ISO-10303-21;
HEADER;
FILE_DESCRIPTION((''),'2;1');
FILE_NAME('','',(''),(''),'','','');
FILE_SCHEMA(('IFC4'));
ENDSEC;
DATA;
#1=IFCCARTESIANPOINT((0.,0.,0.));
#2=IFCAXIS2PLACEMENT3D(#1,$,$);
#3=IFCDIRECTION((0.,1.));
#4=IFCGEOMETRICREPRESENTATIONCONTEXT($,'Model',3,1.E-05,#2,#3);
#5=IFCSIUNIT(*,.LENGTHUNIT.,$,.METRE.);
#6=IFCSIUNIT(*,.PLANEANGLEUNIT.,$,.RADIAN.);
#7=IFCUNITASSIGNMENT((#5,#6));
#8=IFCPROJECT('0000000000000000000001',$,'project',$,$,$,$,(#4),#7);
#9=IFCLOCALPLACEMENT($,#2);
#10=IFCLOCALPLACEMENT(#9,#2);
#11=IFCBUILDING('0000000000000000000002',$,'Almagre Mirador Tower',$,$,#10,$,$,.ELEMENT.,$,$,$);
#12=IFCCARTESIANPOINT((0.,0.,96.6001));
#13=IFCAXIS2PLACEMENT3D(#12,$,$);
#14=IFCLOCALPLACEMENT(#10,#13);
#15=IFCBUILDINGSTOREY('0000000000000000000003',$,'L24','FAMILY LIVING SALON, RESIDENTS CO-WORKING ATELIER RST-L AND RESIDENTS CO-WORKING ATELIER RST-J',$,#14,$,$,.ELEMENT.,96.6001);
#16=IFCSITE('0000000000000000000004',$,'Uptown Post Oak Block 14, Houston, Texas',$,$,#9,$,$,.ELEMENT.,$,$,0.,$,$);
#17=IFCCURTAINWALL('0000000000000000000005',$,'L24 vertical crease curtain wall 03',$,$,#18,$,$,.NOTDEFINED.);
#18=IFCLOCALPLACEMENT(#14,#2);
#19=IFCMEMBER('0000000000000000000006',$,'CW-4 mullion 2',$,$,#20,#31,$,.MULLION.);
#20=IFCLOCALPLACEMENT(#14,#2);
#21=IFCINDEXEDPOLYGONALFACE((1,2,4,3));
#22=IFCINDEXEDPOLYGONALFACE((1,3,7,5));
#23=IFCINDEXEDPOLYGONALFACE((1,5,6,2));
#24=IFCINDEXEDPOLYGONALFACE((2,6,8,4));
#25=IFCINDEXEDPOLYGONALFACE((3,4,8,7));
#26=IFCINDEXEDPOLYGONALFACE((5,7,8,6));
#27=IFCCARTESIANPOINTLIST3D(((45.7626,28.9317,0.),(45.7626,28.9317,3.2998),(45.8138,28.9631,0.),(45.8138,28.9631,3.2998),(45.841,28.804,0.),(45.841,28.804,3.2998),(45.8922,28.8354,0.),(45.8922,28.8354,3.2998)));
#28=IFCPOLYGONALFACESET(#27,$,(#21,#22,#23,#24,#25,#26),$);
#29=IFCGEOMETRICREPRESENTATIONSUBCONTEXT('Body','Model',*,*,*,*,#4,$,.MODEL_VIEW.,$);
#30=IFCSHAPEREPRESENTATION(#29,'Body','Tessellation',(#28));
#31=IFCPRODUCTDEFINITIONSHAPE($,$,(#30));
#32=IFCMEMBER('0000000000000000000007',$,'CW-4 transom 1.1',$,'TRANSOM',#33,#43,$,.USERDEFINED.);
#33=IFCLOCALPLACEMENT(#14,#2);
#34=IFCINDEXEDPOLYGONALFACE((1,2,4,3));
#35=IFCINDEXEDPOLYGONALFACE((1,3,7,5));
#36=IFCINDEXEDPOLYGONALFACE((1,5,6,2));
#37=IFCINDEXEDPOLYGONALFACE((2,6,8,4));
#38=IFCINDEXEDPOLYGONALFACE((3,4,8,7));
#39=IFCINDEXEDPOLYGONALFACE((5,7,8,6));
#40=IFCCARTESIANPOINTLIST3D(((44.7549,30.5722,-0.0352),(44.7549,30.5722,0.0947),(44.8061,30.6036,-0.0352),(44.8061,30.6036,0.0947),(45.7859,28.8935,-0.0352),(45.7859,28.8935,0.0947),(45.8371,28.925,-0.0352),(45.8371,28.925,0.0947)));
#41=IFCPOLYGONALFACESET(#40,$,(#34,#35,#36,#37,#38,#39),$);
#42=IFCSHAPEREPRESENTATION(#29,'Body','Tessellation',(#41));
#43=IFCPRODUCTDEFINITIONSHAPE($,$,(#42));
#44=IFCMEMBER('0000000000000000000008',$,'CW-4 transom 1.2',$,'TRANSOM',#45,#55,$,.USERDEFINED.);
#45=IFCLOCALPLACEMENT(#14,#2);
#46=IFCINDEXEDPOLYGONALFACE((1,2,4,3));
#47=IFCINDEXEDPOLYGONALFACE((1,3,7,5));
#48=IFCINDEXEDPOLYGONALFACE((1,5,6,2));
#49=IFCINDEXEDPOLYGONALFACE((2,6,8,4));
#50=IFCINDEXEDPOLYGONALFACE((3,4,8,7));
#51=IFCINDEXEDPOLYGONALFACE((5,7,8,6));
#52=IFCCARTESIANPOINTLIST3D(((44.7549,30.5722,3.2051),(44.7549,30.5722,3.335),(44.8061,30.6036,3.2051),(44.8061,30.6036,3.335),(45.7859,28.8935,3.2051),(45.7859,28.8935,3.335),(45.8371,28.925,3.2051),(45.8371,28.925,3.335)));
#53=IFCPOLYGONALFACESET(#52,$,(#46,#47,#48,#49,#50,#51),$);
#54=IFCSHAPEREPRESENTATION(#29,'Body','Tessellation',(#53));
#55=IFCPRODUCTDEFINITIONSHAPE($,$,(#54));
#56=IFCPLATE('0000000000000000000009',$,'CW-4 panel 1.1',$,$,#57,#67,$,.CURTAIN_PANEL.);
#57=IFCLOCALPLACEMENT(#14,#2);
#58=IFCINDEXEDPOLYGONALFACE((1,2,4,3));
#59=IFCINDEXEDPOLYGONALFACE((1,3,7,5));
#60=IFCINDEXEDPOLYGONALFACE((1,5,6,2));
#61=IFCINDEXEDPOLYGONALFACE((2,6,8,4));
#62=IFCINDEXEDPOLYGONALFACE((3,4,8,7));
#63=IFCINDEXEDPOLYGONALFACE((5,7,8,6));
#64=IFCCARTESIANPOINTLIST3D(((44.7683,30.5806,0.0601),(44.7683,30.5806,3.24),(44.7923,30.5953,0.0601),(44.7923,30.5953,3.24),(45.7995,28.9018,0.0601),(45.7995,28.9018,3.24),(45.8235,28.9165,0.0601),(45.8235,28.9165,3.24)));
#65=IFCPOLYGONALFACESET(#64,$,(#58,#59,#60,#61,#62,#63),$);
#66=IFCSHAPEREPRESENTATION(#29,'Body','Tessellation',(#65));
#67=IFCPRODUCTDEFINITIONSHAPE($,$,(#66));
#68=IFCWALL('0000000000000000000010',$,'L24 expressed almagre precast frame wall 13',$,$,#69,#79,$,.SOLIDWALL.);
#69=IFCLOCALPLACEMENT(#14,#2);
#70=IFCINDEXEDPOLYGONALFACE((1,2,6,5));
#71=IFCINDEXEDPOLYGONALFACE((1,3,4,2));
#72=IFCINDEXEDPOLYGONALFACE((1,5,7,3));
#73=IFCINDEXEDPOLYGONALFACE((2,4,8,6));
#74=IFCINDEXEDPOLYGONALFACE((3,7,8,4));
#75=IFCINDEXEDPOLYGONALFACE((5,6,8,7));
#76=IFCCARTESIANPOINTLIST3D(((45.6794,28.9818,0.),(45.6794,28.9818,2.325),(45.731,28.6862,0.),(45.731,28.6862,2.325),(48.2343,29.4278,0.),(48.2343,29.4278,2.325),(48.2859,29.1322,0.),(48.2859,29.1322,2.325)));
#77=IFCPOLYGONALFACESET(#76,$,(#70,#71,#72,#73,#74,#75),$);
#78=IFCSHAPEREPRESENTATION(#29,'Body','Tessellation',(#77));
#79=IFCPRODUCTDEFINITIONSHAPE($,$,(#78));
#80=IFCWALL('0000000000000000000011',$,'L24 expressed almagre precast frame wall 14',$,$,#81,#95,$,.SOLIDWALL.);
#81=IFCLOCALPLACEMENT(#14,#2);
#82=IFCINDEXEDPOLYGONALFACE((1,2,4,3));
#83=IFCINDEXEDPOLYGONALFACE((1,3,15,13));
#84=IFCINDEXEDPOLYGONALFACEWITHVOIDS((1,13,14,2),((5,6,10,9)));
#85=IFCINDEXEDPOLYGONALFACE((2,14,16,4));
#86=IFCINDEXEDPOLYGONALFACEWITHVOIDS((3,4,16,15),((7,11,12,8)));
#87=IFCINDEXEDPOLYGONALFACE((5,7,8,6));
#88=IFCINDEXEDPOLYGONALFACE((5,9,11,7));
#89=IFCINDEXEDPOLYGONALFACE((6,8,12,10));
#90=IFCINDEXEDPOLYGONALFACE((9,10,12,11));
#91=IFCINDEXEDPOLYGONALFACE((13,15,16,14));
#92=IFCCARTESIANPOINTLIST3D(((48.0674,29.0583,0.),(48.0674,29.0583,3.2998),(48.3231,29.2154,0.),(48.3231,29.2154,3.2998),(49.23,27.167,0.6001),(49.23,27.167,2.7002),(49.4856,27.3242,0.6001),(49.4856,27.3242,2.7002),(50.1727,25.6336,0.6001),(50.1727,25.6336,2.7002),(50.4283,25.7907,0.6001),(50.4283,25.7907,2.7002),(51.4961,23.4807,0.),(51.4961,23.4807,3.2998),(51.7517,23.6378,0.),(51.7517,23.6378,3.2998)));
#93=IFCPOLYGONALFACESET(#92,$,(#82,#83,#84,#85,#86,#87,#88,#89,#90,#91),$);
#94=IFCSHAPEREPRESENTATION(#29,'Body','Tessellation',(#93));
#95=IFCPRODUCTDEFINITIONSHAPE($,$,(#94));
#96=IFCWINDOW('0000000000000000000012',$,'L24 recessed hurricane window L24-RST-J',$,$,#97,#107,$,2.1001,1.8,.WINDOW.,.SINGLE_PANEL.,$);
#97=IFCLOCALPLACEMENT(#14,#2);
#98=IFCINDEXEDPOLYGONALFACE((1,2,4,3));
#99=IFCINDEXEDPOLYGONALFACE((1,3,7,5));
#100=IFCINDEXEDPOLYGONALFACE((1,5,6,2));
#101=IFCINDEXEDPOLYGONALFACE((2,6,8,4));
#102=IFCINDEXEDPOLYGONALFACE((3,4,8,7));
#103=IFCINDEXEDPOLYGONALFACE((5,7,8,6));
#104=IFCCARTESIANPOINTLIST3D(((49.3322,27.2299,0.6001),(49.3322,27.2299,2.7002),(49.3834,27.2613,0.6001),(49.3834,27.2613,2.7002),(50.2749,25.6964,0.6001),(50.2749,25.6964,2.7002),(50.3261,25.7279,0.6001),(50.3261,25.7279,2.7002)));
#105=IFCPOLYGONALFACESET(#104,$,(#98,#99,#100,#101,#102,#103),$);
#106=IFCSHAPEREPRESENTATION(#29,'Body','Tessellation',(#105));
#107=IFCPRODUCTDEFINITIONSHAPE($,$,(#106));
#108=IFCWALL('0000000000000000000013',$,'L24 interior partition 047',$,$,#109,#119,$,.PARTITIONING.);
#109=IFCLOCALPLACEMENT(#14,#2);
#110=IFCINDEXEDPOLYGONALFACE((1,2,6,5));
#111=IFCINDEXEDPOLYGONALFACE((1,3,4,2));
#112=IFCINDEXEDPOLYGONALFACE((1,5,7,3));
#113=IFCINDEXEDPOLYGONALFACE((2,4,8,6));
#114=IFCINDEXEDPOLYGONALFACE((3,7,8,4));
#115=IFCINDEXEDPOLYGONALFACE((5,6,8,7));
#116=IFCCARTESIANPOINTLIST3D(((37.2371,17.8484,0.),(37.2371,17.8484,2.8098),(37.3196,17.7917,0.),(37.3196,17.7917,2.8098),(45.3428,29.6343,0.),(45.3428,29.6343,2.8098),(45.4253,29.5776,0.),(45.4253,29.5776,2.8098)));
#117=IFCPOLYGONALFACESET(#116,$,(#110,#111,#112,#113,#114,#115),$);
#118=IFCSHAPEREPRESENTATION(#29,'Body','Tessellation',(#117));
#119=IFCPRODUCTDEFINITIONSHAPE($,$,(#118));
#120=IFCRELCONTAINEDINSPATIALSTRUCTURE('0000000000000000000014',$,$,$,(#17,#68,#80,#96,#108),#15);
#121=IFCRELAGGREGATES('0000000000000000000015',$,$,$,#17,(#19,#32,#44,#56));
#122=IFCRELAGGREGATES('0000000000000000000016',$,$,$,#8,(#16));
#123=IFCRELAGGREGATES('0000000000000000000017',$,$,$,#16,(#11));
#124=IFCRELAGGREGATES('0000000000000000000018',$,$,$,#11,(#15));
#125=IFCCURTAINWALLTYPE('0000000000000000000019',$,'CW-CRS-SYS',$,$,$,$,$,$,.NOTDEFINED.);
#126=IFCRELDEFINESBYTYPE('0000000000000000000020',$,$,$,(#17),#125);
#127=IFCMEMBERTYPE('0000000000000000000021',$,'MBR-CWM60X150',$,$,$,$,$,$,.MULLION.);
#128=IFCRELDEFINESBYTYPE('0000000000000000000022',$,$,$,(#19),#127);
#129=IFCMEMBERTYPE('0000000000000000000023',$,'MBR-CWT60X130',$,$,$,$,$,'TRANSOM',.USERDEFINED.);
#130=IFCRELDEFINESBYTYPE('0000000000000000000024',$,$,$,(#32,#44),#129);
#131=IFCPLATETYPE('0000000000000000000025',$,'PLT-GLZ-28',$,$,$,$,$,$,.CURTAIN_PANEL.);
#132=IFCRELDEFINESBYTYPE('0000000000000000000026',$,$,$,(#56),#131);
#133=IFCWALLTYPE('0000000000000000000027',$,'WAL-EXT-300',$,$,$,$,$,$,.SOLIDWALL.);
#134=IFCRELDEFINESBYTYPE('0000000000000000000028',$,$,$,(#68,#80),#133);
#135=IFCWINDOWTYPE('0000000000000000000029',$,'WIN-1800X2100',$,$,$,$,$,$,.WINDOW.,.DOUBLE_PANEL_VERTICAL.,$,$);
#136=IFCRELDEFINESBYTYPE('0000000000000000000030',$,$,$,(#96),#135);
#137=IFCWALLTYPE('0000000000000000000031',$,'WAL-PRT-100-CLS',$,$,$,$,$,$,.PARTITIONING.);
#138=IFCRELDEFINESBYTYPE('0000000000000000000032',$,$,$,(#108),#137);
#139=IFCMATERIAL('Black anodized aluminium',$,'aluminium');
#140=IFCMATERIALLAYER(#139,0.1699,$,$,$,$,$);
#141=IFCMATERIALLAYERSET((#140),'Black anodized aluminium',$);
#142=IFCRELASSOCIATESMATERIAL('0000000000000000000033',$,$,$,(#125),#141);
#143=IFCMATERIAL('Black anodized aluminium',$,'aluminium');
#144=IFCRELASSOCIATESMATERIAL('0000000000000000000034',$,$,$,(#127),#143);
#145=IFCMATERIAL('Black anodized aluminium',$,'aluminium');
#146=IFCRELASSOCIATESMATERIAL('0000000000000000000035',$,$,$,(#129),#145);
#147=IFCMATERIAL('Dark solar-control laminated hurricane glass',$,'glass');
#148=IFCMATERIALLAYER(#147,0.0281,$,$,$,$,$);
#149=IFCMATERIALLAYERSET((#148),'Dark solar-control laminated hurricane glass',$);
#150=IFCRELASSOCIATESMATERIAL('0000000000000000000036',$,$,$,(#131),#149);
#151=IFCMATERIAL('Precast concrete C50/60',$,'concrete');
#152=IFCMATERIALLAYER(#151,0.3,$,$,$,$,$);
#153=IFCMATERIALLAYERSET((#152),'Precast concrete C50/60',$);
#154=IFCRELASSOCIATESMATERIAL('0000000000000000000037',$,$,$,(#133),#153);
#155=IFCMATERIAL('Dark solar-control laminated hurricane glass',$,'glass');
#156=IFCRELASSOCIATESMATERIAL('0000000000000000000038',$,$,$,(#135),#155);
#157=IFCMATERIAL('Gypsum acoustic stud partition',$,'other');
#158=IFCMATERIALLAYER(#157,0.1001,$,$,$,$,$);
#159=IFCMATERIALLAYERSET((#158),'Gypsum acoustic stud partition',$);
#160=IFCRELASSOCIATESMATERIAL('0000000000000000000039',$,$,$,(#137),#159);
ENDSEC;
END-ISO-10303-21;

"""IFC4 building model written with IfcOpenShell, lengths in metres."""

from ifc_helpers import new_model, si_unit, direction, frame, frame_2d, origin, origin_2d, place, context, subcontext, project, spatial, rectangle, extrude, material, layer, layer_set, material_profile, profile_set, type_object, element, fill, aggregate, save


model = new_model("IFC4")

# Units and contexts
model_context = context("Model", 3, precision=1e-05, world=origin(), true_north=direction((0.0, 1.0)))
body_context = subcontext(model_context, "Body", "Model", "MODEL_VIEW")
ifc_project = project(units=[si_unit("LENGTHUNIT", "METRE"), si_unit("PLANEANGLEUNIT", "RADIAN")], contexts=[model_context])

# Site, building, storey
site_placement = place(None, origin())
site = spatial("IfcSite", under=ifc_project, at=site_placement, Name="Uptown Post Oak Block 14, Houston, Texas", CompositionType="ELEMENT", RefElevation=0.0)
building_placement = place(site_placement, origin())
building = spatial("IfcBuilding", under=site, at=building_placement, Name="Almagre Mirador Tower", CompositionType="ELEMENT")
storey_placement = place(building_placement, frame((0.0, 0.0, 96.6001)))
storey = spatial("IfcBuildingStorey", under=building, at=storey_placement, Name="L24", Description="FAMILY LIVING SALON, RESIDENTS CO-WORKING ATELIER RST-L AND RESIDENTS CO-WORKING ATELIER RST-J", CompositionType="ELEMENT", Elevation=96.6001)

# Curtain wall, members, plate
ifc_material_1 = material(Name="Black anodized aluminium", Category="aluminium")
ifc_layer_1 = layer(ifc_material_1, 0.1699)
ifc_layer_set_1 = layer_set([ifc_layer_1], Name="Black anodized aluminium")
curtain_wall_type = type_object("IfcCurtainWallType", Name="CW-CRS-SYS", PredefinedType="NOTDEFINED", material=ifc_layer_set_1)
curtain_wall_placement = place(storey_placement, origin())
curtain_wall = element("IfcCurtainWall", 1, at=curtain_wall_placement, inside=storey, type_object=curtain_wall_type, Name="L24 vertical crease curtain wall 03", PredefinedType="NOTDEFINED")
ifc_material_2 = material(Name="Black anodized aluminium", Category="aluminium")
ifc_material_profile_1 = material_profile(ifc_material_2, rectangle(XDim=0.0601, YDim=0.1499, at=origin_2d()), Name="CWM60X150")
ifc_profile_set_1 = profile_set([ifc_material_profile_1], Name="Black anodized aluminium")
member_type_1 = type_object("IfcMemberType", Name="MBR-CWM60X150", PredefinedType="MULLION", material=ifc_profile_set_1)
member_1_placement = place(storey_placement, frame((45.8274, 28.8835, 0.0), z_axis=(0.0, 0.0, 1.0), x_axis=(0.852085, 0.523403, 0.0)))
member_1 = element("IfcMember", 2, at=member_1_placement, type_object=member_type_1, Name="CW-4 mullion 2", PredefinedType="MULLION", context=body_context, shape_type="SweptSolid", body=[
    extrude(rectangle(XDim=0.0601, YDim=0.1499, at=origin_2d()), origin(), (0.0, 0.0, 1.0), 3.2998),
])
ifc_material_3 = material(Name="Black anodized aluminium", Category="aluminium")
ifc_material_profile_2 = material_profile(ifc_material_3, rectangle(XDim=0.0601, YDim=0.1299, at=origin_2d()), Name="CWT60X130")
ifc_profile_set_2 = profile_set([ifc_material_profile_2], Name="Black anodized aluminium")
member_type_2 = type_object("IfcMemberType", Name="MBR-CWT60X130", ElementType="TRANSOM", PredefinedType="USERDEFINED", material=ifc_profile_set_2)
member_2_placement = place(storey_placement, frame((44.7805, 30.5879, 0.0298), z_axis=(0.523344, -0.852122, 0.0), x_axis=(0.852122, 0.523344, 0.0)))
member_2 = element("IfcMember", 3, at=member_2_placement, type_object=member_type_2, Name="CW-4 transom 1.1", ObjectType="TRANSOM", PredefinedType="USERDEFINED", context=body_context, shape_type="SweptSolid", body=[
    extrude(rectangle(XDim=0.0601, YDim=0.1299, at=origin_2d()), origin(), (0.0, 0.0, 1.0), 1.97),
])
member_3_placement = place(storey_placement, frame((44.7805, 30.5879, 3.27), z_axis=(0.523344, -0.852122, 0.0), x_axis=(0.852122, 0.523344, 0.0)))
member_3 = element("IfcMember", 4, at=member_3_placement, type_object=member_type_2, Name="CW-4 transom 1.2", ObjectType="TRANSOM", PredefinedType="USERDEFINED", context=body_context, shape_type="SweptSolid", body=[
    extrude(rectangle(XDim=0.0601, YDim=0.1299, at=origin_2d()), origin(), (0.0, 0.0, 1.0), 1.97),
])
ifc_material_4 = material(Name="Dark solar-control laminated hurricane glass", Category="glass")
ifc_layer_2 = layer(ifc_material_4, 0.0281)
ifc_layer_set_2 = layer_set([ifc_layer_2], Name="Dark solar-control laminated hurricane glass")
plate_type = type_object("IfcPlateType", Name="PLT-GLZ-28", PredefinedType="CURTAIN_PANEL", material=ifc_layer_set_2)
plate_placement = place(storey_placement, frame((45.2959, 29.7485, 0.0601), z_axis=(0.0, 0.0, 1.0), x_axis=(0.523403, -0.852085, 0.0)))
plate = element("IfcPlate", 5, at=plate_placement, type_object=plate_type, Name="CW-4 panel 1.1", PredefinedType="CURTAIN_PANEL", context=body_context, shape_type="SweptSolid", body=[
    extrude(rectangle(XDim=1.9702, YDim=0.0281, at=origin_2d()), origin(), (0.0, 0.0, 1.0), 3.1799),
])
aggregate(curtain_wall, [member_1, member_2, member_3, plate])

# Wall
ifc_material_5 = material(Name="Precast concrete C50/60", Category="concrete")
ifc_layer_3 = layer(ifc_material_5, 0.3)
ifc_layer_set_3 = layer_set([ifc_layer_3], Name="Precast concrete C50/60")
wall_type_1 = type_object("IfcWallType", Name="WAL-EXT-300", PredefinedType="SOLIDWALL", material=ifc_layer_set_3)
wall_1_placement = place(storey_placement, frame((45.7051, 28.834, 0.0), z_axis=(0.0, 0.0, 1.0), x_axis=(0.9851, 0.171981, 0.0)))
element("IfcWall", 6, at=wall_1_placement, inside=storey, type_object=wall_type_1, Name="L24 expressed almagre precast frame wall 13", PredefinedType="SOLIDWALL", context=body_context, shape_type="SweptSolid", body=[
    extrude(rectangle(XDim=2.5935, YDim=0.3, at=frame_2d((1.2969, 0.0))), origin(), (0.0, 0.0, 1.0), 2.325),
])

# Wall, opening, window
wall_2_placement = place(storey_placement, frame((48.1953, 29.1367, 0.0), z_axis=(0.0, 0.0, 1.0), x_axis=(0.52369, -0.851909, 0.0)))
wall_2 = element("IfcWall", 7, at=wall_2_placement, inside=storey, type_object=wall_type_1, Name="L24 expressed almagre precast frame wall 14", PredefinedType="SOLIDWALL", context=body_context, shape_type="SweptSolid", body=[
    extrude(rectangle(XDim=6.5471, YDim=0.3, at=frame_2d((3.2734, 0.0))), origin(), (0.0, 0.0, 1.0), 3.2998),
])
opening_placement = place(wall_2_placement, frame((2.22, 0.0, 0.6001)))
opening = element("IfcOpeningElement", 8, at=opening_placement, cuts=wall_2, PredefinedType="OPENING", context=body_context, shape_type="SweptSolid", body=[
    extrude(rectangle(XDim=1.8, YDim=2.1001, at=frame_2d((0.8999, 1.05))), frame((0.0, 0.1599, 0.0), z_axis=(0.0, -1.0, 0.0), x_axis=(1.0, 0.0, 0.0)), (0.0, 0.0, 1.0), 0.32),
])
ifc_material_6 = material(Name="Dark solar-control laminated hurricane glass", Category="glass")
window_type = type_object("IfcWindowType", Name="WIN-1800X2100", PartitioningType="DOUBLE_PANEL_VERTICAL", PredefinedType="WINDOW", material=ifc_material_6)
window_placement = place(opening_placement, origin())
window = element("IfcWindow", 9, at=window_placement, inside=storey, type_object=window_type, Name="L24 recessed hurricane window L24-RST-J", OverallHeight=2.1001, OverallWidth=1.8, PartitioningType="SINGLE_PANEL", PredefinedType="WINDOW", context=body_context, shape_type="SweptSolid", body=[
    extrude(rectangle(XDim=1.8, YDim=2.1001, at=frame_2d((0.8999, 1.05))), frame((0.0, 0.03, 0.0), z_axis=(0.0, -1.0, 0.0), x_axis=(1.0, 0.0, 0.0)), (0.0, 0.0, 1.0), 0.0601),
])
fill(opening, window)

# Wall
ifc_material_7 = material(Name="Gypsum acoustic stud partition", Category="other")
ifc_layer_4 = layer(ifc_material_7, 0.1001)
ifc_layer_set_4 = layer_set([ifc_layer_4], Name="Gypsum acoustic stud partition")
wall_type_2 = type_object("IfcWallType", Name="WAL-PRT-100-CLS", PredefinedType="PARTITIONING", material=ifc_layer_set_4)
wall_3_placement = place(storey_placement, frame((45.384, 29.606, 0.0), z_axis=(0.0, 0.0, 1.0), x_axis=(-0.566667, -0.823947, 0.0)))
element("IfcWall", 10, at=wall_3_placement, inside=storey, type_object=wall_type_2, Name="L24 interior partition 047", PredefinedType="PARTITIONING", context=body_context, shape_type="SweptSolid", body=[
    extrude(rectangle(XDim=14.3042, YDim=0.1001, at=frame_2d((7.1521, 0.0))), origin(), (0.0, 0.0, 1.0), 2.8098),
])

save(model, "model.ifc")
